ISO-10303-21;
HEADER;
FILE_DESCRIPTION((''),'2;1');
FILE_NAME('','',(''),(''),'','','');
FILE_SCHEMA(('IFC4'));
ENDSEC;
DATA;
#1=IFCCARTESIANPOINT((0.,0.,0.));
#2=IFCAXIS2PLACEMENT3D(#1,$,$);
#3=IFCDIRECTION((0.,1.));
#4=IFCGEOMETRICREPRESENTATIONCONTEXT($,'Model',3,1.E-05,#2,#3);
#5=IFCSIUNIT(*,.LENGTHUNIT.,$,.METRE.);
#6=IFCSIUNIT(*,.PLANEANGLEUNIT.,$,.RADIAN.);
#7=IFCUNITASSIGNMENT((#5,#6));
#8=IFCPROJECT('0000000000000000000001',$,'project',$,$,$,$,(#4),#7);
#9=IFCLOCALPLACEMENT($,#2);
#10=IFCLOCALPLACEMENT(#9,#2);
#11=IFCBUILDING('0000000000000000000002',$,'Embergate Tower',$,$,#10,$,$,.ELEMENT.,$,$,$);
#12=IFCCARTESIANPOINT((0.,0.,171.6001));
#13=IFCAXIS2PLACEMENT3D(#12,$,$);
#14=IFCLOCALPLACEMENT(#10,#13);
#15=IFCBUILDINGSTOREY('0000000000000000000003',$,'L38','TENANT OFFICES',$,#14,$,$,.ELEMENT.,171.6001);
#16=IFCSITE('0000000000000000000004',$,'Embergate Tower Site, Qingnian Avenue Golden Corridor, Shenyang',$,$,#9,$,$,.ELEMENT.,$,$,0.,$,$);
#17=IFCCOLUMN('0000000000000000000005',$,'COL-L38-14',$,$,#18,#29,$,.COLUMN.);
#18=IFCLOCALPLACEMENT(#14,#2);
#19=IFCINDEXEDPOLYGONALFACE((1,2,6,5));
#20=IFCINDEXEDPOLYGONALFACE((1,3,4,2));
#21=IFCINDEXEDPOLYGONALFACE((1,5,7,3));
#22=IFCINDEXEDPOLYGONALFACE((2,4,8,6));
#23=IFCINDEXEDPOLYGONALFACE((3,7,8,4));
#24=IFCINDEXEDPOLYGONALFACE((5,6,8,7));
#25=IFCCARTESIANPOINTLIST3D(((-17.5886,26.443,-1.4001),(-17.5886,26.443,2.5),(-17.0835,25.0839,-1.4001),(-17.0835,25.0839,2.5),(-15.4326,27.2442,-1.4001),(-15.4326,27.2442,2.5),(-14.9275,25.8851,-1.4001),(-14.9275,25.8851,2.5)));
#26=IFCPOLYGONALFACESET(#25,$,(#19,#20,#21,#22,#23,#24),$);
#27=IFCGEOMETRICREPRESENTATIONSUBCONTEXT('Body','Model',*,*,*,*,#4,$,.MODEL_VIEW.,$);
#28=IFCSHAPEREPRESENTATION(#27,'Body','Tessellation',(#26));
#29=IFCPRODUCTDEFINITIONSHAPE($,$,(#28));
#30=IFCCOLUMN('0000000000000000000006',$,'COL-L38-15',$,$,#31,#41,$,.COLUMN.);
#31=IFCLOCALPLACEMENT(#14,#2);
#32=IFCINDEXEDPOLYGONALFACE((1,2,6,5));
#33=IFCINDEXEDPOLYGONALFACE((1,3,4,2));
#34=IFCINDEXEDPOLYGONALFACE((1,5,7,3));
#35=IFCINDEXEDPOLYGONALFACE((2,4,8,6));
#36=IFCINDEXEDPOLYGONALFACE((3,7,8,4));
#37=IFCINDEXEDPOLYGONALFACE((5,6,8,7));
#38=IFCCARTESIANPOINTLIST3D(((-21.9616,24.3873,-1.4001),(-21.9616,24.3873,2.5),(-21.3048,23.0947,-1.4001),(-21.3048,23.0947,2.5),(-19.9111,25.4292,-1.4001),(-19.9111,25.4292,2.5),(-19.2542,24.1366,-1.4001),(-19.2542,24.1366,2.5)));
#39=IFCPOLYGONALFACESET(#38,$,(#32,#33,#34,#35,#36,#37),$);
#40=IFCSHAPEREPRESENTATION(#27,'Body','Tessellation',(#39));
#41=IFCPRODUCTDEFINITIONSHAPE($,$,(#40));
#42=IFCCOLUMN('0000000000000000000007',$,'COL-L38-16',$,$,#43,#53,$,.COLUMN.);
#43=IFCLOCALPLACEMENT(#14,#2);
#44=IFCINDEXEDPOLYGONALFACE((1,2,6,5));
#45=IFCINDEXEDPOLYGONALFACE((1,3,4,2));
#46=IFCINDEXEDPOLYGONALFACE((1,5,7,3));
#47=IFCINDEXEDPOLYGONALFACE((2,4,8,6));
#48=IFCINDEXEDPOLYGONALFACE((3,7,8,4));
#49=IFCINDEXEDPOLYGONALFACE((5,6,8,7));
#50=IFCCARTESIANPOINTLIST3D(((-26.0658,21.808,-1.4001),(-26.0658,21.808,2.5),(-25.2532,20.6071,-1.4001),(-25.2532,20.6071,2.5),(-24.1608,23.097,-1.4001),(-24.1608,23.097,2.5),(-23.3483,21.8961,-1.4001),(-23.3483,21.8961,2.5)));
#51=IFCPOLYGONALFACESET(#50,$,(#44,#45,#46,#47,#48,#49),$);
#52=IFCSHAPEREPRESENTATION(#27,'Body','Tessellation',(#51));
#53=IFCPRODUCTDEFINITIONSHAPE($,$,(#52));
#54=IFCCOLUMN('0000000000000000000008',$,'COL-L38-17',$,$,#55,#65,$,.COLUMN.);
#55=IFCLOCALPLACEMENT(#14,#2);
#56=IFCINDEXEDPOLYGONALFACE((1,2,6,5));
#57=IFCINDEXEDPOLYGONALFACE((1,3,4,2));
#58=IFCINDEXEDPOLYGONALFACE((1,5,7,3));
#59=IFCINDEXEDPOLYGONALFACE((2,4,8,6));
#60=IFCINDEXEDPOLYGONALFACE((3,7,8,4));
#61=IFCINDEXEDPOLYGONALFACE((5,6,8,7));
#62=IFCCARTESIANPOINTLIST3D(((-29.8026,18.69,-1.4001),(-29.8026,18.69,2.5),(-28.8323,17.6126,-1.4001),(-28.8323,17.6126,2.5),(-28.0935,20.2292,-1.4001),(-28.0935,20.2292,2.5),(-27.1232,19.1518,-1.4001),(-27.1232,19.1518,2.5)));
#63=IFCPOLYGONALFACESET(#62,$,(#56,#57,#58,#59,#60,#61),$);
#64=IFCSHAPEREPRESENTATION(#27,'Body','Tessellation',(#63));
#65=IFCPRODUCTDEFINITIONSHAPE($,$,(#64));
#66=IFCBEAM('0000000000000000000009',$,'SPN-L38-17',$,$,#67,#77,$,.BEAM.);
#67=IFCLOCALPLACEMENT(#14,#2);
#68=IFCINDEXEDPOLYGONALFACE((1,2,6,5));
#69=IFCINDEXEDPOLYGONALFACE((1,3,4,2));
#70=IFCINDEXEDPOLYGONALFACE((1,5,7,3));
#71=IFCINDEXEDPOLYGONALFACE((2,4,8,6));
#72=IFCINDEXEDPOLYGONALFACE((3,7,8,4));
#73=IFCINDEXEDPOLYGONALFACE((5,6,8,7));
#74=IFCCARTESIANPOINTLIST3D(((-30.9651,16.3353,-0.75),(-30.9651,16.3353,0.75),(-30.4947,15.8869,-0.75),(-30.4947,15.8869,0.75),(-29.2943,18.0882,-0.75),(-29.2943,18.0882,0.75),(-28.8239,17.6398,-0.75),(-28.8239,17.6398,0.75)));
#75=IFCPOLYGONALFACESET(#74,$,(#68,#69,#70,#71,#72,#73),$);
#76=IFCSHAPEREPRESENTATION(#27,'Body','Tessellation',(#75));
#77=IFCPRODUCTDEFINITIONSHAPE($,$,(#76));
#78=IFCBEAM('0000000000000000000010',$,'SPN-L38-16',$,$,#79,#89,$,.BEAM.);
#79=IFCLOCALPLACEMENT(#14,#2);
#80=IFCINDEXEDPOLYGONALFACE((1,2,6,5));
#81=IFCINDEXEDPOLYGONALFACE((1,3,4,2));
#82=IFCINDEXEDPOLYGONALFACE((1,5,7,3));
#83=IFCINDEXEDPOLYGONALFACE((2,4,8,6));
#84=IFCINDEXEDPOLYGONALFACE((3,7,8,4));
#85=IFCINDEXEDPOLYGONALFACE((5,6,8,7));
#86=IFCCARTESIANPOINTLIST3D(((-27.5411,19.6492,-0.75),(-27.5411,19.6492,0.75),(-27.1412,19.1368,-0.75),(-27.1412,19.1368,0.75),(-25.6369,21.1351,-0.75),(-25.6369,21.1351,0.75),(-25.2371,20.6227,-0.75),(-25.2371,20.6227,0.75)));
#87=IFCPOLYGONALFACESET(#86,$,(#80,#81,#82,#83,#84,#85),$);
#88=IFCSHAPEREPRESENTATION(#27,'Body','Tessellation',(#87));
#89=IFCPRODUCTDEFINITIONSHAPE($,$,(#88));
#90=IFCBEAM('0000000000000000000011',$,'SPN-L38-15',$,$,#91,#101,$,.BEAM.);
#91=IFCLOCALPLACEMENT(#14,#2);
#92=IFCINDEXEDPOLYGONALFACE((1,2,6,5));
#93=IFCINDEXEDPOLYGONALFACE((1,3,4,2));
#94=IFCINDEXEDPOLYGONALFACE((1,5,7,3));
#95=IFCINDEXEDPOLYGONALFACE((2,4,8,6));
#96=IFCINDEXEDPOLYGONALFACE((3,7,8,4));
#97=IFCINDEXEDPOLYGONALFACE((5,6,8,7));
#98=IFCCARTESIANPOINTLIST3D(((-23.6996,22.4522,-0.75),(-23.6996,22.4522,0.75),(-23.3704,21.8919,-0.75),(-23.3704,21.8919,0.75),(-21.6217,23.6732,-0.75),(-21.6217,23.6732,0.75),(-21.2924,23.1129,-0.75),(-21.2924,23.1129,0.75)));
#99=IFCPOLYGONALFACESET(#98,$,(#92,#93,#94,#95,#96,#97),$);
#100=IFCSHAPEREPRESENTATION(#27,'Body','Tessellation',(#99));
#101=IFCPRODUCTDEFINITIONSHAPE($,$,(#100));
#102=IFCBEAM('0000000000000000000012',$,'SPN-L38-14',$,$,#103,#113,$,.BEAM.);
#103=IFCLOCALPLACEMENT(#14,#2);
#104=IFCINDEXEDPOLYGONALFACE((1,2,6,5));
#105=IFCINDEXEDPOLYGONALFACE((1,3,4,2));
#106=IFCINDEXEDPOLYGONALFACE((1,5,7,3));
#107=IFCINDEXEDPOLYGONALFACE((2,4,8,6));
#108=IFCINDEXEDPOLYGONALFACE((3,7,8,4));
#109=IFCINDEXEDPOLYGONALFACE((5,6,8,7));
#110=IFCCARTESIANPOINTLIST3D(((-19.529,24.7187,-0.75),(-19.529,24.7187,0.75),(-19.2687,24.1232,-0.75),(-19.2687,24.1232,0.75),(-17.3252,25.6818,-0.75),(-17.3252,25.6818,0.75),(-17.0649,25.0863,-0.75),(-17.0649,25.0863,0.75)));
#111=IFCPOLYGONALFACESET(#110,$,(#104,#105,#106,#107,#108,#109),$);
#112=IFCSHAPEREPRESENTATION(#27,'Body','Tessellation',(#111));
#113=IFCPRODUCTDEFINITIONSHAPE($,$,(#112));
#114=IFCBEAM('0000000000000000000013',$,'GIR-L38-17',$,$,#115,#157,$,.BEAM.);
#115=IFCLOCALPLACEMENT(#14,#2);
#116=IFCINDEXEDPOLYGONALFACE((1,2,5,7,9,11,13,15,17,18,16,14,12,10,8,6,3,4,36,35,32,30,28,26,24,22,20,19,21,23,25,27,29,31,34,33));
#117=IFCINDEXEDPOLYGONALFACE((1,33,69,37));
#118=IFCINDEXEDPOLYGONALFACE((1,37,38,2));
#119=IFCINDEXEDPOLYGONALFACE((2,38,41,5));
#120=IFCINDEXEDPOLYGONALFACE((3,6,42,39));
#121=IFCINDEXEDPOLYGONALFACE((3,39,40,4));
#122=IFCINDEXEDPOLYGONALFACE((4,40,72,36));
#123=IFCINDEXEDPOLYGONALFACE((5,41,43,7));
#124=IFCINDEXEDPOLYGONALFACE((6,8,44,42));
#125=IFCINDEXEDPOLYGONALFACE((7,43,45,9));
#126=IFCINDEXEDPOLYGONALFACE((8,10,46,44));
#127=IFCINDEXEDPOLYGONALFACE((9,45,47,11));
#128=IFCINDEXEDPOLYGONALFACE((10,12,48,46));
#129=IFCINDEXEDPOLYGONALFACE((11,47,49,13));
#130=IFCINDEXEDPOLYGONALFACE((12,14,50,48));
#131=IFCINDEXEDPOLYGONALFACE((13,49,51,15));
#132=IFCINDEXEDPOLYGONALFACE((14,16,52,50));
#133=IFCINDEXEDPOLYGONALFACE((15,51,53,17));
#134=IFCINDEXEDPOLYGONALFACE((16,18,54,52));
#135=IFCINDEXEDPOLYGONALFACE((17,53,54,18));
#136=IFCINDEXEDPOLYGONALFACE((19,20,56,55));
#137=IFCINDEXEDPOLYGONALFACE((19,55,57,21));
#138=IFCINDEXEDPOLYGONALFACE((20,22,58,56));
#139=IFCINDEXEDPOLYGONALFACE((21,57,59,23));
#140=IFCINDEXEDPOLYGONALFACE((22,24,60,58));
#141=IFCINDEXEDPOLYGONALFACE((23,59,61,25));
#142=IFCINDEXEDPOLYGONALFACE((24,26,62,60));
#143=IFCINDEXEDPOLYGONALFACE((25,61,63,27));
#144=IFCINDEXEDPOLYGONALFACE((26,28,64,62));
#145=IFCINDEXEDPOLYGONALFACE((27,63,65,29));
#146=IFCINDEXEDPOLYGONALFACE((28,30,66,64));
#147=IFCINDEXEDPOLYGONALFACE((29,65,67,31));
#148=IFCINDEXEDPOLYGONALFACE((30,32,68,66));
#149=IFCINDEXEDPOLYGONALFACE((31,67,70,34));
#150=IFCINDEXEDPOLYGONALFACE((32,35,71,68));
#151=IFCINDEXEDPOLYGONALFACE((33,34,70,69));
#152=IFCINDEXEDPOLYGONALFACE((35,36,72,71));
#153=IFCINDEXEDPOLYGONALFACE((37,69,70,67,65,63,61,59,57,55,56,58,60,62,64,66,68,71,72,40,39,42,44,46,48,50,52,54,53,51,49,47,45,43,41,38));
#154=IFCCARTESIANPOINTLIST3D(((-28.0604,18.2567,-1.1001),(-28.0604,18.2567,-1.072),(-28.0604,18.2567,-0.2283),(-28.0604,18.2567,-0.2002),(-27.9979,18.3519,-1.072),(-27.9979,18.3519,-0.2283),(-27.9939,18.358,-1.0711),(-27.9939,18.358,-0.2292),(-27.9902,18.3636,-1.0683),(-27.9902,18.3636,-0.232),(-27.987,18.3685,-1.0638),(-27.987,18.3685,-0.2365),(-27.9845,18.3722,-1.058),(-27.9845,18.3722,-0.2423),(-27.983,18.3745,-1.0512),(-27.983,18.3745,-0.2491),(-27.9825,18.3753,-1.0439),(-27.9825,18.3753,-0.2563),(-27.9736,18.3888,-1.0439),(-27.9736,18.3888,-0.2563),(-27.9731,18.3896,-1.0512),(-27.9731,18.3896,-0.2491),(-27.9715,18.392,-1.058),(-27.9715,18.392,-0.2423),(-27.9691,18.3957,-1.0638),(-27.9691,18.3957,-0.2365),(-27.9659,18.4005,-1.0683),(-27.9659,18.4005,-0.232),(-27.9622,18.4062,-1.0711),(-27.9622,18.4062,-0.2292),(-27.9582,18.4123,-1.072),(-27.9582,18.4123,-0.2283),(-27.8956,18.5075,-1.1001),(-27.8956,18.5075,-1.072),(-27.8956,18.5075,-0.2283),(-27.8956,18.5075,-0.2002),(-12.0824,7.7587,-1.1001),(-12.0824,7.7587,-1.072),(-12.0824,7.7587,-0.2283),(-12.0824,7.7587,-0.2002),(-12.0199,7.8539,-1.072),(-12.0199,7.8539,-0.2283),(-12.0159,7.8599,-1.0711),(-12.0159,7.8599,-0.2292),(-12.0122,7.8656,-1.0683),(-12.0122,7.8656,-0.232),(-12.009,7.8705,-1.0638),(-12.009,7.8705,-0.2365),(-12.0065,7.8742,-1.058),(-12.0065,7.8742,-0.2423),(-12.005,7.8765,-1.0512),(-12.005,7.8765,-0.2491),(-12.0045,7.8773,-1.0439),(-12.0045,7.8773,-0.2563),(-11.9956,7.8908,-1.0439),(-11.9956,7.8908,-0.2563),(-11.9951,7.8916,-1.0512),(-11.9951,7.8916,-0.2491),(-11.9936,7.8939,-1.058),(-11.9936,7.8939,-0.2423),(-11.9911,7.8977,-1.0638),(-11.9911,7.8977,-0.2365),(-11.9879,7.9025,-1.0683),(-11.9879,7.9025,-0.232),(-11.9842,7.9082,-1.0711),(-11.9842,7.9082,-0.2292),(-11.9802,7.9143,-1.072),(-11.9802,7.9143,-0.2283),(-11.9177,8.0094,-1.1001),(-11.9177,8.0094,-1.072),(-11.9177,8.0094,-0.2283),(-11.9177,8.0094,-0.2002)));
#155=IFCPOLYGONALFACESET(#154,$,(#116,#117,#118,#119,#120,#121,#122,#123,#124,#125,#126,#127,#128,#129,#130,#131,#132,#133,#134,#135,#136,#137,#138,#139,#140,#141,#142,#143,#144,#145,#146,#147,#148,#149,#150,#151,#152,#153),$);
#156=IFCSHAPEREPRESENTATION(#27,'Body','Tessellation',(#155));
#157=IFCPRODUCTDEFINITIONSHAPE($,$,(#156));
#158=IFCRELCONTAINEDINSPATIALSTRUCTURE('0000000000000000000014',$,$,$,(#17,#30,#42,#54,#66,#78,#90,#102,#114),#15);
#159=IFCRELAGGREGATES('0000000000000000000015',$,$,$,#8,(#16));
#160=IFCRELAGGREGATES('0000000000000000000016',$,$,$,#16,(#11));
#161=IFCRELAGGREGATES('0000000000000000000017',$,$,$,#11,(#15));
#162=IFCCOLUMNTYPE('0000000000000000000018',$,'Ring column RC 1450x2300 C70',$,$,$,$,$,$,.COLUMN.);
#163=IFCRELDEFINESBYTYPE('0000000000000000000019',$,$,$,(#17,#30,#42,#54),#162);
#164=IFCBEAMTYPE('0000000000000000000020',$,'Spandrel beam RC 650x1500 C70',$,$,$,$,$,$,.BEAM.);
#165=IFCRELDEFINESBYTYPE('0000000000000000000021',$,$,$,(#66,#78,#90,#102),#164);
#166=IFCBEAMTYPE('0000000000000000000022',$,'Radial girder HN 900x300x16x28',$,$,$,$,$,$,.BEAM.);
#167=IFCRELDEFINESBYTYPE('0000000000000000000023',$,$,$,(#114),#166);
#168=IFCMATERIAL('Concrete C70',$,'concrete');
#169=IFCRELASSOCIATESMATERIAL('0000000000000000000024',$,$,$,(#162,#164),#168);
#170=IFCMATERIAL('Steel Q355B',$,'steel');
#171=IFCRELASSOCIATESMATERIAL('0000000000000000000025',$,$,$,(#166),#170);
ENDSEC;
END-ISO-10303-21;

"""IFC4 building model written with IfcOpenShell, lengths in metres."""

from ifc_helpers import new_model, si_unit, direction, frame, origin, origin_2d, place, context, subcontext, project, spatial, rectangle, i_section, extrude, source, transform, mapped, material, material_profile, profile_set, type_object, element, save


model = new_model("IFC4")

# Units and contexts
model_context = context("Model", 3, precision=1e-05, world=origin(), true_north=direction((0.0, 1.0)))
body_context = subcontext(model_context, "Body", "Model", "MODEL_VIEW")
ifc_project = project(units=[si_unit("LENGTHUNIT", "METRE"), si_unit("PLANEANGLEUNIT", "RADIAN")], contexts=[model_context])

# Site, building, storey
site_placement = place(None, origin())
site = spatial("IfcSite", under=ifc_project, at=site_placement, Name="Embergate Tower Site, Qingnian Avenue Golden Corridor, Shenyang", CompositionType="ELEMENT", RefElevation=0.0)
building_placement = place(site_placement, origin())
building = spatial("IfcBuilding", under=site, at=building_placement, Name="Embergate Tower", CompositionType="ELEMENT")
storey_placement = place(building_placement, frame((0.0, 0.0, 171.6001)))
storey = spatial("IfcBuildingStorey", under=building, at=storey_placement, Name="L38", Description="TENANT OFFICES", CompositionType="ELEMENT", Elevation=171.6001)

# Columns
ifc_material_1 = material(Name="Concrete C70", Category="concrete")
ifc_material_profile_1 = material_profile(ifc_material_1, rectangle(XDim=1.45, YDim=2.3, at=origin_2d()), Name="RC 1450x2300")
ifc_profile_set_1 = profile_set([ifc_material_profile_1], Name="Concrete C70")
column_type = type_object("IfcColumnType", Name="Ring column RC 1450x2300 C70", PredefinedType="COLUMN", material=ifc_profile_set_1)
shared_shape_1 = source(origin(), body_context, "Body", "SweptSolid", [
    extrude(rectangle(XDim=1.45, YDim=2.3, at=origin_2d()), origin(), (0.0, 0.0, 1.0), 3.9001),
])
for number, where, z_axis, x_axis, name in (
    (1, (-16.2581, 26.1641, -1.4001), (0.0, 0.0, 1.0), (-0.348343, 0.937367, 0.0), "COL-L38-14"),
    (2, (-20.6079, 24.262, -1.4001), (0.0, 0.0, 1.0), (-0.452995, 0.891513, 0.0), "COL-L38-15"),
    (3, (-24.707, 21.8521, -1.4001), (0.0, 0.0, 1.0), (-0.560393, 0.828227, 0.0), "COL-L38-16"),
    (4, (-28.4629, 18.9209, -1.4001), (0.0, 0.0, 1.0), (-0.669208, 0.743075, 0.0), "COL-L38-17"),
):
    element("IfcColumn", number, at=place(storey_placement, frame(where, z_axis=z_axis, x_axis=x_axis)), inside=storey, type_object=column_type, Name=name, PredefinedType="COLUMN", context=body_context, shape_type="MappedRepresentation", body=[
        mapped(shared_shape_1, transform((0.0, 0.0, 0.0))),
    ])

# Beams
ifc_material_profile_2 = material_profile(ifc_material_1, rectangle(XDim=0.6499, YDim=1.5, at=origin_2d()), Name="RC 650x1500")
ifc_profile_set_2 = profile_set([ifc_material_profile_2], Name="Concrete C70")
beam_type_1 = type_object("IfcBeamType", Name="Spandrel beam RC 650x1500 C70", PredefinedType="BEAM", material=ifc_profile_set_2)
shared_shape_2 = source(origin(), body_context, "Body", "SweptSolid", [
    extrude(rectangle(XDim=0.6499, YDim=1.5, at=origin_2d()), origin(), (0.0, 0.0, 1.0), 2.4216),
])
beam_1_placement = place(storey_placement, frame((-29.0591, 17.864, 0.0), z_axis=(-0.689967, -0.723841, 0.0), x_axis=(0.723841, -0.689967, 0.0)))
element("IfcBeam", 5, at=beam_1_placement, inside=storey, type_object=beam_type_1, Name="SPN-L38-17", PredefinedType="BEAM", context=body_context, shape_type="MappedRepresentation", body=[
    mapped(shared_shape_2, transform((0.0, 0.0, 0.0))),
])
shared_shape_3 = source(origin(), body_context, "Body", "SweptSolid", [
    extrude(rectangle(XDim=0.6499, YDim=1.5, at=origin_2d()), origin(), (0.0, 0.0, 1.0), 2.4153),
])
beam_2_placement = place(storey_placement, frame((-25.437, 20.8789, 0.0), z_axis=(-0.788366, -0.615207, 0.0), x_axis=(0.615207, -0.788366, 0.0)))
element("IfcBeam", 6, at=beam_2_placement, inside=storey, type_object=beam_type_1, Name="SPN-L38-16", PredefinedType="BEAM", context=body_context, shape_type="MappedRepresentation", body=[
    mapped(shared_shape_3, transform((0.0, 0.0, 0.0))),
])
shared_shape_4 = source(origin(), body_context, "Body", "SweptSolid", [
    extrude(rectangle(XDim=0.6499, YDim=1.5, at=origin_2d()), origin(), (0.0, 0.0, 1.0), 2.4102),
])
beam_3_placement = place(storey_placement, frame((-21.457, 23.3931, 0.0), z_axis=(-0.862176, -0.506608, 0.0), x_axis=(0.506608, -0.862176, 0.0)))
element("IfcBeam", 7, at=beam_3_placement, inside=storey, type_object=beam_type_1, Name="SPN-L38-15", PredefinedType="BEAM", context=body_context, shape_type="MappedRepresentation", body=[
    mapped(shared_shape_4, transform((0.0, 0.0, 0.0))),
])
shared_shape_5 = source(origin(), body_context, "Body", "SweptSolid", [
    extrude(rectangle(XDim=0.6499, YDim=1.5, at=origin_2d()), origin(), (0.0, 0.0, 1.0), 2.405),
])
beam_4_placement = place(storey_placement, frame((-17.1951, 25.384, 0.0), z_axis=(-0.916318, -0.400451, 0.0), x_axis=(0.400451, -0.916318, 0.0)))
element("IfcBeam", 8, at=beam_4_placement, inside=storey, type_object=beam_type_1, Name="SPN-L38-14", PredefinedType="BEAM", context=body_context, shape_type="MappedRepresentation", body=[
    mapped(shared_shape_5, transform((0.0, 0.0, 0.0))),
])
ifc_material_2 = material(Name="Steel Q355B", Category="steel")
ifc_material_profile_3 = material_profile(ifc_material_2, i_section(OverallWidth=0.3, OverallDepth=0.8999, WebThickness=0.0161, FlangeThickness=0.0281, FilletRadius=0.0281, at=origin_2d()), Name="HN 900x300x16x28")
ifc_profile_set_3 = profile_set([ifc_material_profile_3], Name="Steel Q355 grade B")
beam_type_2 = type_object("IfcBeamType", Name="Radial girder HN 900x300x16x28", PredefinedType="BEAM", material=ifc_profile_set_3)
shared_shape_6 = source(origin(), body_context, "Body", "SweptSolid", [
    extrude(i_section(OverallWidth=0.3, OverallDepth=0.8999, WebThickness=0.0161, FlangeThickness=0.0281, FilletRadius=0.0281, at=origin_2d()), origin(), (0.0, 0.0, 1.0), 19.1182),
])
beam_5_placement = place(storey_placement, frame((-27.978, 18.3821, -0.6501), z_axis=(0.835749, -0.549112, 0.0), x_axis=(0.549112, 0.835749, 0.0)))
element("IfcBeam", 9, at=beam_5_placement, inside=storey, type_object=beam_type_2, Name="GIR-L38-17", PredefinedType="BEAM", context=body_context, shape_type="MappedRepresentation", body=[
    mapped(shared_shape_6, transform((0.0, 0.0, 0.0))),
])

save(model, "model.ifc")
